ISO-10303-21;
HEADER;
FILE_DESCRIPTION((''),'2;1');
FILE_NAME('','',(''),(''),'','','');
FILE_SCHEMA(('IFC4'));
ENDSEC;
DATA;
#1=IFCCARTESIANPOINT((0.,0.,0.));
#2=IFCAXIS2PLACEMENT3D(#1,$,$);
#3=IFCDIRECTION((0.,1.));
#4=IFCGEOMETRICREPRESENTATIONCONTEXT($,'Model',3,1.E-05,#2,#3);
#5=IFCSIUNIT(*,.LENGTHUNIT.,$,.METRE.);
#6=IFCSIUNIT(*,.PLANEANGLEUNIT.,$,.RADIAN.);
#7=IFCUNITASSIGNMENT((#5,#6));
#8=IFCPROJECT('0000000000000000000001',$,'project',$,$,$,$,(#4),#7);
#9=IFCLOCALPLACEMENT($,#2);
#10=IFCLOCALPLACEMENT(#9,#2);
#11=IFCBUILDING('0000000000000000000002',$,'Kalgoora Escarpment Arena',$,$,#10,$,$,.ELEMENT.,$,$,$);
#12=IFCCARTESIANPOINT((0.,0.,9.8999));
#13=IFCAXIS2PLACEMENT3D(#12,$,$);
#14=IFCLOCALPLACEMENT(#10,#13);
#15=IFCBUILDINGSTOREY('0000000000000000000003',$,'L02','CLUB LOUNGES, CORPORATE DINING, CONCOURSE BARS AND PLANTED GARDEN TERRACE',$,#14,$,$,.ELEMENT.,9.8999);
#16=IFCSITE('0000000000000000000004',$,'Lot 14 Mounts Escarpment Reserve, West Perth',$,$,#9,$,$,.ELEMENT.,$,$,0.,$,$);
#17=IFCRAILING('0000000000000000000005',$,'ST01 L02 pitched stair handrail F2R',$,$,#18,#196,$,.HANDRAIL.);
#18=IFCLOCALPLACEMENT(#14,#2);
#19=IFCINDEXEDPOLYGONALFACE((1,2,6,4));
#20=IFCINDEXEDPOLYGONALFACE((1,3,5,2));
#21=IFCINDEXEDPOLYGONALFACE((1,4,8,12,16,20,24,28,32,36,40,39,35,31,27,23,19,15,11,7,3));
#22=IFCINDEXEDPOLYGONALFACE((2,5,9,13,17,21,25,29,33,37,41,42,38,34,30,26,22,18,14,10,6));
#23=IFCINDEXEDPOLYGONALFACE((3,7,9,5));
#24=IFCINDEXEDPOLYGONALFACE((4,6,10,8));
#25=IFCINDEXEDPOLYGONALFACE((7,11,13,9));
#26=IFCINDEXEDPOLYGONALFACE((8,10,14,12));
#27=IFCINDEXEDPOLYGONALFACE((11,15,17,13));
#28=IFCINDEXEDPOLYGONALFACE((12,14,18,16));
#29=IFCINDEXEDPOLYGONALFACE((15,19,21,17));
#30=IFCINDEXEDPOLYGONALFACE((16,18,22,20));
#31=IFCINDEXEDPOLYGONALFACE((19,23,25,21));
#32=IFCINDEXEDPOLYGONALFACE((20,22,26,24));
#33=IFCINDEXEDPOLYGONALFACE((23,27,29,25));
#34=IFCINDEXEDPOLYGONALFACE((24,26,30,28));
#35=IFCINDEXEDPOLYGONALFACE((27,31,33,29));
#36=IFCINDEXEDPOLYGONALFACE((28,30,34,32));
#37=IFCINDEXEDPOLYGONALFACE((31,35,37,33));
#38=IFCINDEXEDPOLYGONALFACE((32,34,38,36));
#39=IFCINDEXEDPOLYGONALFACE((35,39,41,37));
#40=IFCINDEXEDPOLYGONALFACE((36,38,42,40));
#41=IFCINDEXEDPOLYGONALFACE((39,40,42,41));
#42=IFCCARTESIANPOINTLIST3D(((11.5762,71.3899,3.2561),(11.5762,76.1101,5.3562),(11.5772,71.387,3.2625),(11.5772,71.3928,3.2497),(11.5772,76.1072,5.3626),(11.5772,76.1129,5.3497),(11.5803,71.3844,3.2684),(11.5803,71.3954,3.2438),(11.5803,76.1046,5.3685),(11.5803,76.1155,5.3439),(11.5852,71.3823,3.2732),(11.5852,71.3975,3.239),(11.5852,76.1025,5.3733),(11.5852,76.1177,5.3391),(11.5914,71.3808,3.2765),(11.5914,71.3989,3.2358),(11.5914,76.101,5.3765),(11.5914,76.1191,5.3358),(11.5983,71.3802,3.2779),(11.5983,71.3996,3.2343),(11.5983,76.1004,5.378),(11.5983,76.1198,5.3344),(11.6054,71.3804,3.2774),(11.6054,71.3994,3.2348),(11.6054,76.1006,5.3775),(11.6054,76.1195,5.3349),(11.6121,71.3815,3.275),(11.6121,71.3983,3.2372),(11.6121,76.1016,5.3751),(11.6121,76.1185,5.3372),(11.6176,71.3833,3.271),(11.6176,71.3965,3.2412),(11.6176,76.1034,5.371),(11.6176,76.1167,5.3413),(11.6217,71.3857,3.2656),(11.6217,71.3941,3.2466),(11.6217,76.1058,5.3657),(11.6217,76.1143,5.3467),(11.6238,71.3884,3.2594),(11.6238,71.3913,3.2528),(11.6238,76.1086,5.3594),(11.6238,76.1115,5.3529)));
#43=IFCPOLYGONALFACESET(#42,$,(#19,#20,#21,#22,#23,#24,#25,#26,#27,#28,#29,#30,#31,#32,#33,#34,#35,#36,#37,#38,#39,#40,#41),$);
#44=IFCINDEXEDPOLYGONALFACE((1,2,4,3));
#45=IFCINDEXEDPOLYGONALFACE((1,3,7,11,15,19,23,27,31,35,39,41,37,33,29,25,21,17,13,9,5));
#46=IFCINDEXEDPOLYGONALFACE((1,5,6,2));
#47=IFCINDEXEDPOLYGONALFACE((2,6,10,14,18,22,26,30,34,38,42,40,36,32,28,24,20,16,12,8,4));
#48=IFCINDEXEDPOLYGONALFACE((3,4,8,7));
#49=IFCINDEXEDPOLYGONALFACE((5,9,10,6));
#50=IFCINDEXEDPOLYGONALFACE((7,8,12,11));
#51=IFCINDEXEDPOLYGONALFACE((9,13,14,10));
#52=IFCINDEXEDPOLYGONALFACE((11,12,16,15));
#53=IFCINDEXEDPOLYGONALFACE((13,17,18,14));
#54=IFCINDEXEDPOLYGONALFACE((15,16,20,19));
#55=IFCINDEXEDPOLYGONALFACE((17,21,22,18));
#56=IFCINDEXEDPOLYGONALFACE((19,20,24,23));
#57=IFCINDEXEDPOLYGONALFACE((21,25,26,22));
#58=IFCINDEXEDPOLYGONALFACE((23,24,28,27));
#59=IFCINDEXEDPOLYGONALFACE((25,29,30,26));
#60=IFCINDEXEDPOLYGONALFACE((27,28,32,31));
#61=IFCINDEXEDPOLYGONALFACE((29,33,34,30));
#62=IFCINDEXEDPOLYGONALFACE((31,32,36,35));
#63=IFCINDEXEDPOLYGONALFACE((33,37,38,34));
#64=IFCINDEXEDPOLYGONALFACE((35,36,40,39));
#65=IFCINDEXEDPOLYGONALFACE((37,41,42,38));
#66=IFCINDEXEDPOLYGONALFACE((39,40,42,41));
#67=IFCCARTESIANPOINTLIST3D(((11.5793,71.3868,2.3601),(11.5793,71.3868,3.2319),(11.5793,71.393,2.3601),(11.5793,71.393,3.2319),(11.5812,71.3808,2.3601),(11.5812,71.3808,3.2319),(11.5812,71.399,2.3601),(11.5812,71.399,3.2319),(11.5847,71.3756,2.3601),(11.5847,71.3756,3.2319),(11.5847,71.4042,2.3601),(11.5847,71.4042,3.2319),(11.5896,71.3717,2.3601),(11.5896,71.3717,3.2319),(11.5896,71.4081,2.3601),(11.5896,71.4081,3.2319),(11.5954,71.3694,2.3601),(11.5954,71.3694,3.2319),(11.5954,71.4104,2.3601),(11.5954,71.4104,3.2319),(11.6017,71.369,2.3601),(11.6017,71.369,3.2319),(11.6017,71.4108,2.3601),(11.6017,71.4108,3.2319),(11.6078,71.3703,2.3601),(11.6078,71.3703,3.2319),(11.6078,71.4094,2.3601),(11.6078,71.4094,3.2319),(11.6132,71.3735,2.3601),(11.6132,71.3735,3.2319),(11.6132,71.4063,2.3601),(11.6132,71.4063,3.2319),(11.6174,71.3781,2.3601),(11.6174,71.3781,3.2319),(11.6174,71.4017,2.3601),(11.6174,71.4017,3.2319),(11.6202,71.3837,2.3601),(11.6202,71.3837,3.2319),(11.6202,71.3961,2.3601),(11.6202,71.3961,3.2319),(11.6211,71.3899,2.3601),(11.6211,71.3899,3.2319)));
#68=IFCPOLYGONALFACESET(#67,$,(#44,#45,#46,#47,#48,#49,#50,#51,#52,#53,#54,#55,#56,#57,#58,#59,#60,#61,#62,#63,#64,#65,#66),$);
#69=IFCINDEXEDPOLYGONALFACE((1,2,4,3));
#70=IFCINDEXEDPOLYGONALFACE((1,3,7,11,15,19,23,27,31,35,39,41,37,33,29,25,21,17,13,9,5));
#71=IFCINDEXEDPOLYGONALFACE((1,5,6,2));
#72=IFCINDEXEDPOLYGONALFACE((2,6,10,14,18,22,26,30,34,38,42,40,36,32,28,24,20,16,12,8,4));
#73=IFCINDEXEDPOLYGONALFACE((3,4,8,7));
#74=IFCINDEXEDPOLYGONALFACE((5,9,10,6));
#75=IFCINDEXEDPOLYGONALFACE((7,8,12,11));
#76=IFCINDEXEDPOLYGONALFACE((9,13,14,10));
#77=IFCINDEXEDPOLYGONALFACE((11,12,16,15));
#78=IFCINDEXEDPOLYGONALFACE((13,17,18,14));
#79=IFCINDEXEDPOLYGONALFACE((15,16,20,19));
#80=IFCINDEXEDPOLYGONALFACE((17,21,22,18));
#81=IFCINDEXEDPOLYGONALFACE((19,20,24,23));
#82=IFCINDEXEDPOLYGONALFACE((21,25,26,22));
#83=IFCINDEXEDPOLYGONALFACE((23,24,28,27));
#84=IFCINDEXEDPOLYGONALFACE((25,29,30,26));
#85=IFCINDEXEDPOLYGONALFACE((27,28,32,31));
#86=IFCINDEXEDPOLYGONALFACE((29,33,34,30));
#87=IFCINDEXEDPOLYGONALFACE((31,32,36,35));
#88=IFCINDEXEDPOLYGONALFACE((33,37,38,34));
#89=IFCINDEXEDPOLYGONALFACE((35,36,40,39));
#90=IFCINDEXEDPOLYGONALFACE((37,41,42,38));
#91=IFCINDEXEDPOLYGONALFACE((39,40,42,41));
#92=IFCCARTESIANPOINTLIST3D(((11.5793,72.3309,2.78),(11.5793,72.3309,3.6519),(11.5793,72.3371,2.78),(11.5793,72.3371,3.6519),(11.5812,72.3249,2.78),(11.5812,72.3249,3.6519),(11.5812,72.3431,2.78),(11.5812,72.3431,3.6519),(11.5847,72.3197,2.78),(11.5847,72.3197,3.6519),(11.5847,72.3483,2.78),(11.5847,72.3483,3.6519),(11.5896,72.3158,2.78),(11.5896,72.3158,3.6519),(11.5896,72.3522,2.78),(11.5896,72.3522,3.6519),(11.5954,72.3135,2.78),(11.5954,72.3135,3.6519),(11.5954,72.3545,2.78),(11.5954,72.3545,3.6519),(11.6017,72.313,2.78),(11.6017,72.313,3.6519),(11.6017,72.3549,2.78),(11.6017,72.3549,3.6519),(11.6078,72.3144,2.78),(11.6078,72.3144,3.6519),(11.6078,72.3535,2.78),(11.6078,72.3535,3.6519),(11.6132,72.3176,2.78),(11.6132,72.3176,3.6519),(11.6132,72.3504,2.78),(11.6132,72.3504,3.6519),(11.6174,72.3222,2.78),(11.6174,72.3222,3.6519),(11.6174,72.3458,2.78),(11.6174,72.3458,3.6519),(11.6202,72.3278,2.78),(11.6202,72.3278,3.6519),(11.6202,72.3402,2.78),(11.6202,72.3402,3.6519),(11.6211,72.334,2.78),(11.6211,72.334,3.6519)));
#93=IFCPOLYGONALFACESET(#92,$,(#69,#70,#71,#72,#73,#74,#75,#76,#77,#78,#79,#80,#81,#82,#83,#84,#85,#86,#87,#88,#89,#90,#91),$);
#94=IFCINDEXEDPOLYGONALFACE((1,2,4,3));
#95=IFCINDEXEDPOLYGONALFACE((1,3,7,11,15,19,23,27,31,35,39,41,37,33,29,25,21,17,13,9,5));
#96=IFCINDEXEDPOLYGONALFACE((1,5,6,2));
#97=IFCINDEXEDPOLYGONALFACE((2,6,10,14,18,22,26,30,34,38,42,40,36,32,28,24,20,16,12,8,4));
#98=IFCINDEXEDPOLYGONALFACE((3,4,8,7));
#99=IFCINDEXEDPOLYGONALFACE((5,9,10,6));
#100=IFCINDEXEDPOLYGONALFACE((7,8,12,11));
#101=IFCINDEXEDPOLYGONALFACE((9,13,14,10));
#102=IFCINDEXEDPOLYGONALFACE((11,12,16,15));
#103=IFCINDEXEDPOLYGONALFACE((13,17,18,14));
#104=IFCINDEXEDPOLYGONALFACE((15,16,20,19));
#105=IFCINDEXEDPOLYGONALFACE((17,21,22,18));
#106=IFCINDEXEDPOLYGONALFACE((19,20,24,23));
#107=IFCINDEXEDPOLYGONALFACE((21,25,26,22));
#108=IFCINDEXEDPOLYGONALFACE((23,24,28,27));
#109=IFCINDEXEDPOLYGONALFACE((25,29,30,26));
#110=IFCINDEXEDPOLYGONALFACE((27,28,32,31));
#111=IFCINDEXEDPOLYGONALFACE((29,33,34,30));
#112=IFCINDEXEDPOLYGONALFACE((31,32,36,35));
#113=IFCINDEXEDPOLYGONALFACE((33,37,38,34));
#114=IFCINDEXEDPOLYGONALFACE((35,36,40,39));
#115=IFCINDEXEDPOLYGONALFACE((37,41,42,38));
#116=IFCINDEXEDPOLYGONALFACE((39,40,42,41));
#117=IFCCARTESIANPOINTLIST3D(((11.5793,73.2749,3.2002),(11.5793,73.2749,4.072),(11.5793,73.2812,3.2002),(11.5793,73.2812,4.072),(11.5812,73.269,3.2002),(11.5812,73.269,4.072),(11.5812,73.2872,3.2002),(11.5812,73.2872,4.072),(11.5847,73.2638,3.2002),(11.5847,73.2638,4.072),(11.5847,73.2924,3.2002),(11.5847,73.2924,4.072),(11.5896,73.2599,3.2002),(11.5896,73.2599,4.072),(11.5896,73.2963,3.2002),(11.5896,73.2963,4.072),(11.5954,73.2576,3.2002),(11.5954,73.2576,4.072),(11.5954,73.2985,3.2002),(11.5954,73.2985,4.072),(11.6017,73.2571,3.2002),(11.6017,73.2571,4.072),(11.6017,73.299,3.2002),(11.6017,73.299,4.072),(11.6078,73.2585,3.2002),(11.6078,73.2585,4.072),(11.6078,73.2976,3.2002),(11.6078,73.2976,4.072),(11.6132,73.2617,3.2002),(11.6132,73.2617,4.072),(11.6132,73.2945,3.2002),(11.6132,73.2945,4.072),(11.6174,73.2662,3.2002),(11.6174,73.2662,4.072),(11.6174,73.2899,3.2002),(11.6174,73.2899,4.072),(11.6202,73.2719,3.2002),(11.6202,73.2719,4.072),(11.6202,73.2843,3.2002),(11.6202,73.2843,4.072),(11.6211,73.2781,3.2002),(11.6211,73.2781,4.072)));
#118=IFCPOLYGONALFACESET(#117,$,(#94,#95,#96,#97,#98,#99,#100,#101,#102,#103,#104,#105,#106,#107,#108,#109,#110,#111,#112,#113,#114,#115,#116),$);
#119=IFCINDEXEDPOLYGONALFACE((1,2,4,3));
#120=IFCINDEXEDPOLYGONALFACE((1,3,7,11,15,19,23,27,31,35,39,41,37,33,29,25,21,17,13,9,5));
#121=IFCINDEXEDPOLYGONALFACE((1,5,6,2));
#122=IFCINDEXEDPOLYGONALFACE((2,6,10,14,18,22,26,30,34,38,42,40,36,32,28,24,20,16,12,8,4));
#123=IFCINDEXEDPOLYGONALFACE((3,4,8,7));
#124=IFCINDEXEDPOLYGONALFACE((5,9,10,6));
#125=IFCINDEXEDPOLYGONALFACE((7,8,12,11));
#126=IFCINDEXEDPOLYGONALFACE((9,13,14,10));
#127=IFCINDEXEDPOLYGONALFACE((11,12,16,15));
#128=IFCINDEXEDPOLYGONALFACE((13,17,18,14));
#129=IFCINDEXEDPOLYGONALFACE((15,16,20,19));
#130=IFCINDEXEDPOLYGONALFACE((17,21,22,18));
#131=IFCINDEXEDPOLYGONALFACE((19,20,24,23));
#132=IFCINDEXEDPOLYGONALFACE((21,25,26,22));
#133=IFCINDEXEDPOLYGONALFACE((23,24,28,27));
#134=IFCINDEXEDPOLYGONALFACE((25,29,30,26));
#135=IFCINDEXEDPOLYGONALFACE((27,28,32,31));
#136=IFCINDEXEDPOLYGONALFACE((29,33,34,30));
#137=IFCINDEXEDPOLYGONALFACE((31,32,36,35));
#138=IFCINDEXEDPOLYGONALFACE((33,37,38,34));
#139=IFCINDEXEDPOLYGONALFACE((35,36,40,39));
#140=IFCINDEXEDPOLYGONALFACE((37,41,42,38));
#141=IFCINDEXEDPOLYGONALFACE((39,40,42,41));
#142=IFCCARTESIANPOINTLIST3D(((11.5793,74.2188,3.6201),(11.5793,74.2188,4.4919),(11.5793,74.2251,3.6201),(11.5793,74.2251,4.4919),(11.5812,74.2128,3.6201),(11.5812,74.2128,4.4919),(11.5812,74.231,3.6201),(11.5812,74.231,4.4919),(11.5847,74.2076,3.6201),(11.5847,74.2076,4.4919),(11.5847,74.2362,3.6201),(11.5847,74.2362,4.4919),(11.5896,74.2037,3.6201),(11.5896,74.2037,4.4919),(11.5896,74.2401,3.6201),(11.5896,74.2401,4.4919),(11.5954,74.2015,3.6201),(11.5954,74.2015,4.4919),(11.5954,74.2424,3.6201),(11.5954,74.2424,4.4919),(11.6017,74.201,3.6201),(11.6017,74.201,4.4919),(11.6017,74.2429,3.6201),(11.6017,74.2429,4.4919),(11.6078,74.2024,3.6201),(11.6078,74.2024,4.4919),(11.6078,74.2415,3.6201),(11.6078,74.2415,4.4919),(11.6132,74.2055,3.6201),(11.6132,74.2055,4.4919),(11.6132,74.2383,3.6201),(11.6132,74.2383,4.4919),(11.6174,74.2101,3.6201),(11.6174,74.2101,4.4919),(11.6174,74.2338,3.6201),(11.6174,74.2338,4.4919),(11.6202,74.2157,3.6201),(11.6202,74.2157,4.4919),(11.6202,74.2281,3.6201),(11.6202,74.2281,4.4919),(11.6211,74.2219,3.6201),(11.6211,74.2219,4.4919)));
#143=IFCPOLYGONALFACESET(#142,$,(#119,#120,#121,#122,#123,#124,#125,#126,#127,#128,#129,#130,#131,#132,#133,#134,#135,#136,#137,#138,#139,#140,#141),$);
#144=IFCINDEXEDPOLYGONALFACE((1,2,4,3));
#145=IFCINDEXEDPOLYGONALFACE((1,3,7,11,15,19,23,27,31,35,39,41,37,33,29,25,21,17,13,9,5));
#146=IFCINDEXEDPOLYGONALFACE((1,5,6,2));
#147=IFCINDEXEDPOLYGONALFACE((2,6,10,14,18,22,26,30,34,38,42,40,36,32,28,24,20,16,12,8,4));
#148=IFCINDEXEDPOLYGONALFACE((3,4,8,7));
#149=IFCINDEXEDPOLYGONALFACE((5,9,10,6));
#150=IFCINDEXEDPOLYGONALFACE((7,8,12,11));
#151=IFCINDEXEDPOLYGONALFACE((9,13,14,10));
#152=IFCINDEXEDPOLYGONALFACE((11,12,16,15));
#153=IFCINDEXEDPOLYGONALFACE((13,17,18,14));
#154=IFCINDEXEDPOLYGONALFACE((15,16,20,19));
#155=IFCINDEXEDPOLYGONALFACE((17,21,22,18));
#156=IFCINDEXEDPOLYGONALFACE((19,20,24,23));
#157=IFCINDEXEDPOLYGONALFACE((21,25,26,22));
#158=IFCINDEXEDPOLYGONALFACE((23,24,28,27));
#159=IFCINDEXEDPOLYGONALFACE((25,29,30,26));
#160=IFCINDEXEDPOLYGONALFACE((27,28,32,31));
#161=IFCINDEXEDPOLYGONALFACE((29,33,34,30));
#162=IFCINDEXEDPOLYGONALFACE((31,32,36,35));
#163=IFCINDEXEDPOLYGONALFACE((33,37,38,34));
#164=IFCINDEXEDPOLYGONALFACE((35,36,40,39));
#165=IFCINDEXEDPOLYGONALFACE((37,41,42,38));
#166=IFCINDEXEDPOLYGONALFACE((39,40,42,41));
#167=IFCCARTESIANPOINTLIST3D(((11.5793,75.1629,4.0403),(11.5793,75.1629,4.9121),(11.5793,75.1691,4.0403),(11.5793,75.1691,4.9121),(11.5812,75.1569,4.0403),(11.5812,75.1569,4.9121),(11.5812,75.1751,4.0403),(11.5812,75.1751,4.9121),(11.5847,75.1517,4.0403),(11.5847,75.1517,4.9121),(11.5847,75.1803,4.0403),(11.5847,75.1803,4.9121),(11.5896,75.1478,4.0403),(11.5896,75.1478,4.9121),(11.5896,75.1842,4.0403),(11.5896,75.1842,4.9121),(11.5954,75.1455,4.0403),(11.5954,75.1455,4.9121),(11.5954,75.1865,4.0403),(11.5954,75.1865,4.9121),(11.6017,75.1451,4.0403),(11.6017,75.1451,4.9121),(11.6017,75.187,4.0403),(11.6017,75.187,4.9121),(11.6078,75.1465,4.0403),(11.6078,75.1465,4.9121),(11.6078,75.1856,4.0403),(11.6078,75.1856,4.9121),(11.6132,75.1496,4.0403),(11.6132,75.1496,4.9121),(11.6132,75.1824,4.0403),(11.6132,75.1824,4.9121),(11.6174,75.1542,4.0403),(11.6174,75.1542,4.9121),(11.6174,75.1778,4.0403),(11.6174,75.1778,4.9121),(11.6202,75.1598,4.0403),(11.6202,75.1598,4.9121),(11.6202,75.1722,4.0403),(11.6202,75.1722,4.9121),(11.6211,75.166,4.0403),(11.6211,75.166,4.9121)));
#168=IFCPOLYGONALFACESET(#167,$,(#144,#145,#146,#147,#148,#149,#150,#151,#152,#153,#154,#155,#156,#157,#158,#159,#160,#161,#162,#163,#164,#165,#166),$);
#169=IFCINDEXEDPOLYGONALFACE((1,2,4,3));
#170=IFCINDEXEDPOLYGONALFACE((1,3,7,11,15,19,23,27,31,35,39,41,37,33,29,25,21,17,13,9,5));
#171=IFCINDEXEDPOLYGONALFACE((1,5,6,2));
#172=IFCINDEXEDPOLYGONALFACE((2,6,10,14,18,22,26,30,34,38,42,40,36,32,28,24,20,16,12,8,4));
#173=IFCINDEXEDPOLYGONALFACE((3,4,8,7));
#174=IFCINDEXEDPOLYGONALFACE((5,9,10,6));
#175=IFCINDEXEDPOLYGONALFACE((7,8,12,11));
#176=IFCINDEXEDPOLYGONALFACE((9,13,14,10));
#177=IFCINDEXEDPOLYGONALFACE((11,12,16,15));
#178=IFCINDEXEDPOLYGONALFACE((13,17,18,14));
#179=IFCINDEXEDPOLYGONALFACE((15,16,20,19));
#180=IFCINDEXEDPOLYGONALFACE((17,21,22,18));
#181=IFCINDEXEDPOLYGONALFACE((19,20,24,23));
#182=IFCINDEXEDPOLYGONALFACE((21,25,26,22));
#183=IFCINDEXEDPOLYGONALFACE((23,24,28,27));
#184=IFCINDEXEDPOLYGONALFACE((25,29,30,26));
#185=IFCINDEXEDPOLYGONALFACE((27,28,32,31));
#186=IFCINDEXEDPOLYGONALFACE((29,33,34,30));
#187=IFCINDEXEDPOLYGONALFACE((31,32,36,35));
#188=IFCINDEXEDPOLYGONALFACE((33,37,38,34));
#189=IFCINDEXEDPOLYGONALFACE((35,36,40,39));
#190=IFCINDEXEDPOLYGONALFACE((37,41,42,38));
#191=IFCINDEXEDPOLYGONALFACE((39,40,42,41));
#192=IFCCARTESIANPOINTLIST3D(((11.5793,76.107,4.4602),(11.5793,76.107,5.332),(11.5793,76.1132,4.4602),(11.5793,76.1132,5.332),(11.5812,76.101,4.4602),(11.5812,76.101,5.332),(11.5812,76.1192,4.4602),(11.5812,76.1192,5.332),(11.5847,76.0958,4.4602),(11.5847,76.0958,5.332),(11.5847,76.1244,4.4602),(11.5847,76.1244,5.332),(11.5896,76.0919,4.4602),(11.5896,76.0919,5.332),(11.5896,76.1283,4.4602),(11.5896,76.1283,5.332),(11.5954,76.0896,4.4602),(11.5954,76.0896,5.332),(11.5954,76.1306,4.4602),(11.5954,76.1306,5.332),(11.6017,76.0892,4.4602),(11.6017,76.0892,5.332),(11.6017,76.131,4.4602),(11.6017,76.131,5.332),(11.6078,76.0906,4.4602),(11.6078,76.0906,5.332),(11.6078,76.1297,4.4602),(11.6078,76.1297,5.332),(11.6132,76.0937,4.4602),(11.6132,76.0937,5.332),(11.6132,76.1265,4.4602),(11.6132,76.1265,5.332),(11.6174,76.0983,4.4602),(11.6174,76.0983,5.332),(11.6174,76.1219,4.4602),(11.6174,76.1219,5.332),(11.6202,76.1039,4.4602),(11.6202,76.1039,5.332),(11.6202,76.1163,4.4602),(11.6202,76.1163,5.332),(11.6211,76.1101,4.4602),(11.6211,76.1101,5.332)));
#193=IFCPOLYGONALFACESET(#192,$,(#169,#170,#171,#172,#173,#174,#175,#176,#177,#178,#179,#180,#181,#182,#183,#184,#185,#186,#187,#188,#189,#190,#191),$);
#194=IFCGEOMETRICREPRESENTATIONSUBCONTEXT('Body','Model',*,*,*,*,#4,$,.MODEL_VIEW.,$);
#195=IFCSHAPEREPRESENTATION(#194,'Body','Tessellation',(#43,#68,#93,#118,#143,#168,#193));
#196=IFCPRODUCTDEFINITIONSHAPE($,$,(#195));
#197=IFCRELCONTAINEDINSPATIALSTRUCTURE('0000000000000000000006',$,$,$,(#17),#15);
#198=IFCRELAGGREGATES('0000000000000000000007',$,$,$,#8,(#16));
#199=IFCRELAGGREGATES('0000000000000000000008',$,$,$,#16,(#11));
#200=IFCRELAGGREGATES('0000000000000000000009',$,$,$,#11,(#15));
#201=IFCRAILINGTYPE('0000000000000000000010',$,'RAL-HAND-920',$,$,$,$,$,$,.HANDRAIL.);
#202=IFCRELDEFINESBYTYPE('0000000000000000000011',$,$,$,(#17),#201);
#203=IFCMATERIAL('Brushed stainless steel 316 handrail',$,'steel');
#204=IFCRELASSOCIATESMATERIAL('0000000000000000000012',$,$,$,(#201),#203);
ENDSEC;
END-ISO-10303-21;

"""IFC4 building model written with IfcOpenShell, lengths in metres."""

from ifc_helpers import new_model, si_unit, direction, frame, origin, origin_2d, place, context, subcontext, project, spatial, circle, extrude, material, type_object, element, save


model = new_model("IFC4")

# Units and contexts
model_context = context("Model", 3, precision=1e-05, world=origin(), true_north=direction((0.0, 1.0)))
body_context = subcontext(model_context, "Body", "Model", "MODEL_VIEW")
ifc_project = project(units=[si_unit("LENGTHUNIT", "METRE"), si_unit("PLANEANGLEUNIT", "RADIAN")], contexts=[model_context])

# Site, building, storey
site_placement = place(None, origin())
site = spatial("IfcSite", under=ifc_project, at=site_placement, Name="Lot 14 Mounts Escarpment Reserve, West Perth", CompositionType="ELEMENT", RefElevation=0.0)
building_placement = place(site_placement, origin())
building = spatial("IfcBuilding", under=site, at=building_placement, Name="Kalgoora Escarpment Arena", CompositionType="ELEMENT")
storey_placement = place(building_placement, frame((0.0, 0.0, 9.8999)))
storey = spatial("IfcBuildingStorey", under=building, at=storey_placement, Name="L02", Description="CLUB LOUNGES, CORPORATE DINING, CONCOURSE BARS AND PLANTED GARDEN TERRACE", CompositionType="ELEMENT", Elevation=9.8999)

# Railing
ifc_material_1 = material(Name="Brushed stainless steel 316 handrail", Category="steel")
railing_type_1 = type_object("IfcRailingType", Name="RAL-HAND-920", PredefinedType="HANDRAIL", material=ifc_material_1)
for number, where, name in (
    (1, (11.6001, 71.3899, 2.3601), "ST01 L02 pitched stair handrail F2R"),
):
    element("IfcRailing", number, at=place(storey_placement, frame(where)), inside=storey, type_object=railing_type_1, Name=name, PredefinedType="HANDRAIL", context=body_context, shape_type="SweptSolid", body=[
        extrude(circle(Radius=0.0239, at=origin_2d()), frame((0.0, 0.0, 0.896), z_axis=(0.0, 0.913652, 0.406498), x_axis=(-1.0, 0.0, 0.0)), (0.0, 0.0, 1.0), 5.1663),
        extrude(circle(Radius=0.021, at=origin_2d()), origin(), (0.0, 0.0, 1.0), 0.8718),
        extrude(circle(Radius=0.021, at=origin_2d()), frame((0.0, 0.9441, 0.4199)), (0.0, 0.0, 1.0), 0.8718),
        extrude(circle(Radius=0.021, at=origin_2d()), frame((0.0, 1.8882, 0.8401)), (0.0, 0.0, 1.0), 0.8718),
        extrude(circle(Radius=0.021, at=origin_2d()), frame((0.0, 2.832, 1.26)), (0.0, 0.0, 1.0), 0.8718),
        extrude(circle(Radius=0.021, at=origin_2d()), frame((0.0, 3.7761, 1.6802)), (0.0, 0.0, 1.0), 0.8718),
        extrude(circle(Radius=0.021, at=origin_2d()), frame((0.0, 4.7202, 2.1001)), (0.0, 0.0, 1.0), 0.8718),
    ])

save(model, "model.ifc")
